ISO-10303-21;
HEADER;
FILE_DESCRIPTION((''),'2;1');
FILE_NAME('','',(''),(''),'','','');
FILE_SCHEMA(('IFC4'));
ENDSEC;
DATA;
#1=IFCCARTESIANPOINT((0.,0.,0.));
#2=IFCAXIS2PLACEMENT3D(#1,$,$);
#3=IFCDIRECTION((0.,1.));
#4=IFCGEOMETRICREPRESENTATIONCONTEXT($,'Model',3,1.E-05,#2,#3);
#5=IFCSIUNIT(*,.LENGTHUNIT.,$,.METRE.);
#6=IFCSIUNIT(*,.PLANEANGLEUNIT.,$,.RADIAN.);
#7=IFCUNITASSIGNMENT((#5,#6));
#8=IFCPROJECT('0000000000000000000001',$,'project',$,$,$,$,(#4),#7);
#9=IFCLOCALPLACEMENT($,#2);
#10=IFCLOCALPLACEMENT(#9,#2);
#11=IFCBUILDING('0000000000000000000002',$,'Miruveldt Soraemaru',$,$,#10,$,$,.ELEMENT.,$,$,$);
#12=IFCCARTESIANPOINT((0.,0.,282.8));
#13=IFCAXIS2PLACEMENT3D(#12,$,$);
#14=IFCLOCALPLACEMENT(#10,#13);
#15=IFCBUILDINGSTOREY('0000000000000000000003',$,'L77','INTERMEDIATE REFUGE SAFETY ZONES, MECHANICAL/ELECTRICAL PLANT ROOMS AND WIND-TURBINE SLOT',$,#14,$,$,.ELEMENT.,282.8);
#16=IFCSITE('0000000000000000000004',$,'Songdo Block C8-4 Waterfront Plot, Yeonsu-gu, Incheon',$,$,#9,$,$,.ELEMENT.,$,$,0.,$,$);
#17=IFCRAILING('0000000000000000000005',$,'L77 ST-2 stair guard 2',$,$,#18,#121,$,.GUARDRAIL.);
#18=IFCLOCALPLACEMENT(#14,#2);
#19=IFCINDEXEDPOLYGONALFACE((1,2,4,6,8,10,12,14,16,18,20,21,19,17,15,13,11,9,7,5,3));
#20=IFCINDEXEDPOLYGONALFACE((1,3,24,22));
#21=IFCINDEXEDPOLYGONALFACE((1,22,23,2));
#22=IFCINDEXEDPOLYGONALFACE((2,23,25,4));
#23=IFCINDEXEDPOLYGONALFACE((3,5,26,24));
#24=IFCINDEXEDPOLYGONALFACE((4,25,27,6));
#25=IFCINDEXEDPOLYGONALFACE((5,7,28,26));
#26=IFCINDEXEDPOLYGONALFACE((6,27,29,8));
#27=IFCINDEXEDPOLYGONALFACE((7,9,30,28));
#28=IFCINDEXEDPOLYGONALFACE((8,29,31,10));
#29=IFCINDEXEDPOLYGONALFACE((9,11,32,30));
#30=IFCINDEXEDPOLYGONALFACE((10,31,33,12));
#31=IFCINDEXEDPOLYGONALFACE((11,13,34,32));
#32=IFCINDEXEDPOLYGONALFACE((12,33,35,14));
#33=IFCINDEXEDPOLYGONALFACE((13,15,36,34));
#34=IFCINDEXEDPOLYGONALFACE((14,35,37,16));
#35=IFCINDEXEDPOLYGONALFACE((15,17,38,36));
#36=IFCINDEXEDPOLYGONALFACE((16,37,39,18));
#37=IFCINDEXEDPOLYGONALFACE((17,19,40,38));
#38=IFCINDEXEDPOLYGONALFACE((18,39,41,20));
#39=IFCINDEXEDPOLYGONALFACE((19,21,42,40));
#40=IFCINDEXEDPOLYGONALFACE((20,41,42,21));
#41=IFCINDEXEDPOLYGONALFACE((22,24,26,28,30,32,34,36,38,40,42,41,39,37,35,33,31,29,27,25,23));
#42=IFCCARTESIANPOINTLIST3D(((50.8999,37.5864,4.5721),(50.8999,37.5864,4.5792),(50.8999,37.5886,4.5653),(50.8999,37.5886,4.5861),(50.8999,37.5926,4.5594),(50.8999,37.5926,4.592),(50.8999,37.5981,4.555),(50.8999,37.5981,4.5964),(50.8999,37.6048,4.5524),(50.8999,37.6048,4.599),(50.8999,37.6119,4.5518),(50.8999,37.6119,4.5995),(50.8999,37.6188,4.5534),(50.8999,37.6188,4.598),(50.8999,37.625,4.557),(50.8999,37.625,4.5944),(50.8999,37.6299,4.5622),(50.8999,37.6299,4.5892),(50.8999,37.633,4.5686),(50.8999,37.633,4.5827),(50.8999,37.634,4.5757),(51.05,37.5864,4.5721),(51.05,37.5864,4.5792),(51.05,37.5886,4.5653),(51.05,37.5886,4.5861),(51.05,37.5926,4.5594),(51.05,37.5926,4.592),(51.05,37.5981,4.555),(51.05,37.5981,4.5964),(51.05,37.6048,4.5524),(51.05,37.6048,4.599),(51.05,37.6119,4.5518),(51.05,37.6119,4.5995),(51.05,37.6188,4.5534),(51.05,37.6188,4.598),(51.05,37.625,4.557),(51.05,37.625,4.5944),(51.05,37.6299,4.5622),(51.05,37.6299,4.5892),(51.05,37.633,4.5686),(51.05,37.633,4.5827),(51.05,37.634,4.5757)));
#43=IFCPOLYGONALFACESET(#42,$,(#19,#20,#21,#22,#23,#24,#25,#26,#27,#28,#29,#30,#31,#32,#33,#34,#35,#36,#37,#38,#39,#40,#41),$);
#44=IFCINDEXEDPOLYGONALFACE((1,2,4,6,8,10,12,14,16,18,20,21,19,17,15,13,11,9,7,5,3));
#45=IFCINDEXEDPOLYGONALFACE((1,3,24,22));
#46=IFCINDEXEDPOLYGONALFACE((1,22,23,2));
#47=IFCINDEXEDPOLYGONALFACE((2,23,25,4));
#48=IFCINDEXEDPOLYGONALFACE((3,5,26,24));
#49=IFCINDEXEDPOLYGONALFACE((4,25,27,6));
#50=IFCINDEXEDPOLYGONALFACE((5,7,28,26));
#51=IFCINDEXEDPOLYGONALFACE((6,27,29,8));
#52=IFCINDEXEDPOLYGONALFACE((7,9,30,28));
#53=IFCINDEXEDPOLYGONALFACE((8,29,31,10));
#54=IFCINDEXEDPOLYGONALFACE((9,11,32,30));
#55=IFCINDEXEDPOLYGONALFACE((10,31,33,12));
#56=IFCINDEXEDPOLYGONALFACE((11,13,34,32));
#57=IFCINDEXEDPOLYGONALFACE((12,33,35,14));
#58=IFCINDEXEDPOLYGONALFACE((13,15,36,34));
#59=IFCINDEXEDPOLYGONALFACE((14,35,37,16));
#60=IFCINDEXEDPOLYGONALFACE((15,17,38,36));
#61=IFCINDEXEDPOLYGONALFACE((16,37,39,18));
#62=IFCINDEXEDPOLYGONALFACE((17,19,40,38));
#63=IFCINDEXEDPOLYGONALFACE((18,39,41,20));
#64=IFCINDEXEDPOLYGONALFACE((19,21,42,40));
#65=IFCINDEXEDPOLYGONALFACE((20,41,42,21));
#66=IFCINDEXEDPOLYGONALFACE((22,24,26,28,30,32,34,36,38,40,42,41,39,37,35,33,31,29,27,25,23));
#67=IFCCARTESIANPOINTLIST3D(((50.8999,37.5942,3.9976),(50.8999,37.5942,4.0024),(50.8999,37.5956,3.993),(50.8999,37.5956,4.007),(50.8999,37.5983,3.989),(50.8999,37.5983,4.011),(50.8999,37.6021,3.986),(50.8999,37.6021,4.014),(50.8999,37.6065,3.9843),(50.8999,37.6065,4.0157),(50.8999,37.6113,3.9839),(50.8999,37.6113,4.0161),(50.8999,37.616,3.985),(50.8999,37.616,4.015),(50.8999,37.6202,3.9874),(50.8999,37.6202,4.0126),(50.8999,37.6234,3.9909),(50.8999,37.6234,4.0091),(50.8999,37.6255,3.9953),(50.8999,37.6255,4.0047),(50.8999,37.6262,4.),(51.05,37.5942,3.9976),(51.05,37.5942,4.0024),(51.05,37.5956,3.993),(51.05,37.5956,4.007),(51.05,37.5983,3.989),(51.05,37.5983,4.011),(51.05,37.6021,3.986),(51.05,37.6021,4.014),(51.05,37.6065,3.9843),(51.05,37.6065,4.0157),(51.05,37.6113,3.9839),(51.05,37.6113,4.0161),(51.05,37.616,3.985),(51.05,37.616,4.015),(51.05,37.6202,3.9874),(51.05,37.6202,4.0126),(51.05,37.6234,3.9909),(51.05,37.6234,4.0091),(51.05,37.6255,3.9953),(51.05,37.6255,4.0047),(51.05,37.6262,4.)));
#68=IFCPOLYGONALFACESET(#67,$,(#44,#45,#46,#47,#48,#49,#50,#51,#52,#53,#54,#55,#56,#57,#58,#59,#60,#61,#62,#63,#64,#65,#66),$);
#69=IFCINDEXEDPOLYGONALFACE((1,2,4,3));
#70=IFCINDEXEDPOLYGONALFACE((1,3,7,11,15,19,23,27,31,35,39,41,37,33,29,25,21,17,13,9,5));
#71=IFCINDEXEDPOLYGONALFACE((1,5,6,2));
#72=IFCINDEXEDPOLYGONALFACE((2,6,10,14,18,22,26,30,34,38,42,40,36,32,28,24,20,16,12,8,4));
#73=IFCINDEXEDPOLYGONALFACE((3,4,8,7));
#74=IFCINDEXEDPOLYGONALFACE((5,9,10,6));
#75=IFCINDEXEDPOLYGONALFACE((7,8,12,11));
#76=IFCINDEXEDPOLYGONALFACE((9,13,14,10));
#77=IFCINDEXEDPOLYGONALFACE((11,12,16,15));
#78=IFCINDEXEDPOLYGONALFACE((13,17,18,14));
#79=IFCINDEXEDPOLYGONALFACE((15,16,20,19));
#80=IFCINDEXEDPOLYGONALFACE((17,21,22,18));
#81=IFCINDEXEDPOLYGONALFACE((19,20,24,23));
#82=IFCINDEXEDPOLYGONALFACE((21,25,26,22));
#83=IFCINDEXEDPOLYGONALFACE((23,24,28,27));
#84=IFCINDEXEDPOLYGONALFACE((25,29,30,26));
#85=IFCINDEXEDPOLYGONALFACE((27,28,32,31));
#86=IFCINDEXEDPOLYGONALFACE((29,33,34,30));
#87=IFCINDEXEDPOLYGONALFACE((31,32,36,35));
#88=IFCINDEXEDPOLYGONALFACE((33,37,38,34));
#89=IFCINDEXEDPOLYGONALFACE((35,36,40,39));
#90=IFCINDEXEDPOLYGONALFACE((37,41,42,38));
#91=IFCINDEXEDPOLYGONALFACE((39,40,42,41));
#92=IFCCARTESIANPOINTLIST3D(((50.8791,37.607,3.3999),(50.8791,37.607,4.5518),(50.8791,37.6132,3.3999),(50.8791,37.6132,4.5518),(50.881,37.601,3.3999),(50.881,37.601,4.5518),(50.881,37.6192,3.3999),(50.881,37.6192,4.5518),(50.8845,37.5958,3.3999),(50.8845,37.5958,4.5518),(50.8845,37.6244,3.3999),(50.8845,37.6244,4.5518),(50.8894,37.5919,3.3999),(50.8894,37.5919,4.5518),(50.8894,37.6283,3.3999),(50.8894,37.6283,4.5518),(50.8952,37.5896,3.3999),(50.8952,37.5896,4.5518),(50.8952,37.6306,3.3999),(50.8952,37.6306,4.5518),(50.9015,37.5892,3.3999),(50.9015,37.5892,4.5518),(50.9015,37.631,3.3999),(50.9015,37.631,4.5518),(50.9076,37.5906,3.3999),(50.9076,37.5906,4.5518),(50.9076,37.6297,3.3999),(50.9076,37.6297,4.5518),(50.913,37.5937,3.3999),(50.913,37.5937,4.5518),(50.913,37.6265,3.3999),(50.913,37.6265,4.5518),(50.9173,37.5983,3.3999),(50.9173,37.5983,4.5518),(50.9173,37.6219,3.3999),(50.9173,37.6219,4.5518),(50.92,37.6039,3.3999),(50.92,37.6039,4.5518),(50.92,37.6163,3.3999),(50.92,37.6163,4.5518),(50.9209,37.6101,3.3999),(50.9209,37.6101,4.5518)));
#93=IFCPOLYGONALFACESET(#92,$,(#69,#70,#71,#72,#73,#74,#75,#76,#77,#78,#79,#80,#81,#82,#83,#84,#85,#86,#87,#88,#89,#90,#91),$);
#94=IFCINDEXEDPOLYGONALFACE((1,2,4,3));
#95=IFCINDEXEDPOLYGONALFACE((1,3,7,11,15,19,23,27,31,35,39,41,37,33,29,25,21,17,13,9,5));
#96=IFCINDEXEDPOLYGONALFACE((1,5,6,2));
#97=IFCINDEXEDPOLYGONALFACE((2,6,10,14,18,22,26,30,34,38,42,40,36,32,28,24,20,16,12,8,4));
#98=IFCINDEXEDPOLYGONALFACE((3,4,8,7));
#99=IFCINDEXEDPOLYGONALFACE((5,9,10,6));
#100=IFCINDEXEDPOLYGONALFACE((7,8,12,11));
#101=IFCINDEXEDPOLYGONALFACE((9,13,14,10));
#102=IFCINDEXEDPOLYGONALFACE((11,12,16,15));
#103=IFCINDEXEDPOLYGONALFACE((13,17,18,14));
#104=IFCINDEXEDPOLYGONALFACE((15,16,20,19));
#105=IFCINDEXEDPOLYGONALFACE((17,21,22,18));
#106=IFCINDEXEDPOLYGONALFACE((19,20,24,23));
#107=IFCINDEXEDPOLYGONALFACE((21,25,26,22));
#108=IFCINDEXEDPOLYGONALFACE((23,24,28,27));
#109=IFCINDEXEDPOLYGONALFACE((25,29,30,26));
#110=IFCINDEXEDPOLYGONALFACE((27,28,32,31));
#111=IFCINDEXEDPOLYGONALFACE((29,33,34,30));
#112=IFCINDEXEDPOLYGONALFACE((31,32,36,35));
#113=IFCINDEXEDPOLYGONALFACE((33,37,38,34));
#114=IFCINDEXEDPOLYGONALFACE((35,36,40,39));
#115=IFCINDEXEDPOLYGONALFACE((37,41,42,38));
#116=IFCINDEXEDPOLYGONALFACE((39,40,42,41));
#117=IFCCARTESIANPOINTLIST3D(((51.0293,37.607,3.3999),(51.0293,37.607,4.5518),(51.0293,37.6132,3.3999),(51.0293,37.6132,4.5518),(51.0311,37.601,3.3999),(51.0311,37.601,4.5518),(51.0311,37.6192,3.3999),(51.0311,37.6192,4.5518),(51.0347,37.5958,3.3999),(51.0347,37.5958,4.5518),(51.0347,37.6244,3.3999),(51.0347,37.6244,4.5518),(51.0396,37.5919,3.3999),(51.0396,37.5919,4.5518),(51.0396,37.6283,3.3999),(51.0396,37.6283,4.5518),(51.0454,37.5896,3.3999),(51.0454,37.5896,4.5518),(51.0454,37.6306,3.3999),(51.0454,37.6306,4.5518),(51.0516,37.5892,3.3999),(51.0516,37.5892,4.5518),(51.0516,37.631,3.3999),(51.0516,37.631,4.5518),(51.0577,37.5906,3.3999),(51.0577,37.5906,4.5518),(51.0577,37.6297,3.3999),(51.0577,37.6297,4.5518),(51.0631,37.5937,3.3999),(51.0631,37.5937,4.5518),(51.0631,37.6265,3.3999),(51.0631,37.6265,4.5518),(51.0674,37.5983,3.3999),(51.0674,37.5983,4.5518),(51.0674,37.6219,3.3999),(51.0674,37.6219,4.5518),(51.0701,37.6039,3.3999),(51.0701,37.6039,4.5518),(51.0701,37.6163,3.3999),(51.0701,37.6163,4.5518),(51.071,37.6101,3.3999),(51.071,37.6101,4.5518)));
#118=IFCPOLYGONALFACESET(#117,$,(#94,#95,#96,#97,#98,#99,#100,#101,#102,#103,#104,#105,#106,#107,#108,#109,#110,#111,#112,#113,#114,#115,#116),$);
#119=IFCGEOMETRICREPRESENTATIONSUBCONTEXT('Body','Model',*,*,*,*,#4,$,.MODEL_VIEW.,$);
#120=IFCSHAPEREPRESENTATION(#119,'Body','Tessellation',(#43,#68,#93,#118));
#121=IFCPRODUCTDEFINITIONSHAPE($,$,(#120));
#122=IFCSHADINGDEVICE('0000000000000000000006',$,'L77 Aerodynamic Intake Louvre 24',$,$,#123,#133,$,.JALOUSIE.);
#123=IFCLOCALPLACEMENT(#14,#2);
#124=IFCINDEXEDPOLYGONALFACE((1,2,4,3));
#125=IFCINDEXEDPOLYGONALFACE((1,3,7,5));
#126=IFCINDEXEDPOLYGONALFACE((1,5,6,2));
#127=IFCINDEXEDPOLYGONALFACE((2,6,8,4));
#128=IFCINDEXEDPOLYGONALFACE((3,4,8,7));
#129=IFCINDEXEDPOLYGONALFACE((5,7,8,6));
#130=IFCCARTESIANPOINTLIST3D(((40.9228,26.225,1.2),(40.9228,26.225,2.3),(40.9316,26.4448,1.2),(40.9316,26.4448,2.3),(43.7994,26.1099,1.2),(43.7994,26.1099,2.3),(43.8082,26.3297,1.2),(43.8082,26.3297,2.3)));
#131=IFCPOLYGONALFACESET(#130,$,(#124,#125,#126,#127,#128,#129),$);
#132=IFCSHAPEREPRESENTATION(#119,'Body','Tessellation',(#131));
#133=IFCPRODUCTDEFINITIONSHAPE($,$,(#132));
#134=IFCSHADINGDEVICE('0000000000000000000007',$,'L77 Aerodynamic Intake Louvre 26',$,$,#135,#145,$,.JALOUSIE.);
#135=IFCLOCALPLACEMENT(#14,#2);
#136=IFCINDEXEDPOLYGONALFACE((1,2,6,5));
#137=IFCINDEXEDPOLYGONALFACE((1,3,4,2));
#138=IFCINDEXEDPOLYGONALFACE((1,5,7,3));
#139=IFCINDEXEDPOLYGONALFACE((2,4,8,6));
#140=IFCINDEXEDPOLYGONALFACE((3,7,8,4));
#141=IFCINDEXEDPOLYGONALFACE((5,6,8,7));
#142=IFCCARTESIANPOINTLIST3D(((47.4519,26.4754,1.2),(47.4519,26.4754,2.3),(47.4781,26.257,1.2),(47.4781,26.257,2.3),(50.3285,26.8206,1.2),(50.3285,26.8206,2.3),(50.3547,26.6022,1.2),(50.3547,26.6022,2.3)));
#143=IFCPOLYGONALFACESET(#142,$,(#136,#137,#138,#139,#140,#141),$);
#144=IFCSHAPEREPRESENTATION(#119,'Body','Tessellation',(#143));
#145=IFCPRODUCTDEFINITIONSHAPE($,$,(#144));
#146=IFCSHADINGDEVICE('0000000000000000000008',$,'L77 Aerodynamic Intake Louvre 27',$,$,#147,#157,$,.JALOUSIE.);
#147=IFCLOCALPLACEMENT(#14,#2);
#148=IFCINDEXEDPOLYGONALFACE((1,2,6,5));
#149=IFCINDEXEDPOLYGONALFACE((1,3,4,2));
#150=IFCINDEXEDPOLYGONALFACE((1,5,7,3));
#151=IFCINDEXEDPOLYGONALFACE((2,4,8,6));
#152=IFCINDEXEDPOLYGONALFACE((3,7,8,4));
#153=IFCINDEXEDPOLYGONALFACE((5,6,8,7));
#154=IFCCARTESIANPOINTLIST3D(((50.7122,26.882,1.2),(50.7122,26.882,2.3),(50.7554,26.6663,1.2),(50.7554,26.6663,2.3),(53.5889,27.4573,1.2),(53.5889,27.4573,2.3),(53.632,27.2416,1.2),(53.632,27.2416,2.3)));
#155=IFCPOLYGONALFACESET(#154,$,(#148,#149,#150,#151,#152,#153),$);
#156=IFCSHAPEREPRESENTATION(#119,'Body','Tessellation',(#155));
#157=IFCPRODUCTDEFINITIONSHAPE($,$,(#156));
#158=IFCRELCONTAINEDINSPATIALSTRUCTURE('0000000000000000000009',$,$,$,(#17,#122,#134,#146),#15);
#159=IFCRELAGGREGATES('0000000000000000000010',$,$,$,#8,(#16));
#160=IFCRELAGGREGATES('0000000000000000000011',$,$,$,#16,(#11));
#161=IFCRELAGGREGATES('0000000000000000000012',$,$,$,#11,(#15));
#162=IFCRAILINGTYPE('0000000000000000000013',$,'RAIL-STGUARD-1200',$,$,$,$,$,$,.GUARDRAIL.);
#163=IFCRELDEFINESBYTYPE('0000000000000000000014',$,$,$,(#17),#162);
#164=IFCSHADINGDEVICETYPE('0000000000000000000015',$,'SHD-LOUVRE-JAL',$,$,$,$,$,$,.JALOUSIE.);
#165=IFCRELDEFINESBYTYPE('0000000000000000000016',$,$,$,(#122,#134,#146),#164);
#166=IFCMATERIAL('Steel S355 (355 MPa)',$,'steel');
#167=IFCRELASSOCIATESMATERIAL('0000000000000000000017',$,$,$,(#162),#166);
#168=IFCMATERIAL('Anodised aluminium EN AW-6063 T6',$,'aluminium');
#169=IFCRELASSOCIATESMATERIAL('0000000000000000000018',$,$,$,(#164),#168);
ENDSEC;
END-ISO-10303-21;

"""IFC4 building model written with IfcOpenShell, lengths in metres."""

from ifc_helpers import new_model, si_unit, direction, frame, origin, origin_2d, place, context, subcontext, project, spatial, rectangle, circle, extrude, material, type_object, element, save


model = new_model("IFC4")

# Units and contexts
model_context = context("Model", 3, precision=1e-05, world=origin(), true_north=direction((0.0, 1.0)))
body_context = subcontext(model_context, "Body", "Model", "MODEL_VIEW")
ifc_project = project(units=[si_unit("LENGTHUNIT", "METRE"), si_unit("PLANEANGLEUNIT", "RADIAN")], contexts=[model_context])

# Site, building, storey
site_placement = place(None, origin())
site = spatial("IfcSite", under=ifc_project, at=site_placement, Name="Songdo Block C8-4 Waterfront Plot, Yeonsu-gu, Incheon", CompositionType="ELEMENT", RefElevation=0.0)
building_placement = place(site_placement, origin())
building = spatial("IfcBuilding", under=site, at=building_placement, Name="Miruveldt Soraemaru", CompositionType="ELEMENT")
storey_placement = place(building_placement, frame((0.0, 0.0, 282.8)))
storey = spatial("IfcBuildingStorey", under=building, at=storey_placement, Name="L77", Description="INTERMEDIATE REFUGE SAFETY ZONES, MECHANICAL/ELECTRICAL PLANT ROOMS AND WIND-TURBINE SLOT", CompositionType="ELEMENT", Elevation=282.8)

# Shared definitions
ifc_material_1 = material(Name="Anodised aluminium EN AW-6063 T6", Category="aluminium")

# Railing
ifc_material_2 = material(Name="Steel S355 (355 MPa)", Category="steel")
railing_type_1 = type_object("IfcRailingType", Name="RAIL-STGUARD-1200", PredefinedType="GUARDRAIL", material=ifc_material_2)
railing_1_placement = place(storey_placement, frame((50.8999, 37.6101, 3.3999)))
element("IfcRailing", 1, at=railing_1_placement, inside=storey, type_object=railing_type_1, Name="L77 ST-2 stair guard 2", PredefinedType="GUARDRAIL", context=body_context, shape_type="SweptSolid", body=[
    extrude(circle(Radius=0.0239, at=origin_2d()), frame((0.0, 0.0, 1.1758), z_axis=(1.0, 0.0, 0.0), x_axis=(0.0, 1.0, 0.0)), (0.0, 0.0, 1.0), 0.1501),
    extrude(circle(Radius=0.0161, at=origin_2d()), frame((0.0, 0.0, 0.6001), z_axis=(1.0, 0.0, 0.0), x_axis=(0.0, 1.0, 0.0)), (0.0, 0.0, 1.0), 0.1501),
    extrude(circle(Radius=0.021, at=origin_2d()), origin(), (0.0, 0.0, 1.0), 1.1519),
    extrude(circle(Radius=0.021, at=origin_2d()), frame((0.1501, 0.0, 0.0)), (0.0, 0.0, 1.0), 1.1519),
])

# Shading devices
shading_device_type = type_object("IfcShadingDeviceType", Name="SHD-LOUVRE-JAL", PredefinedType="JALOUSIE", material=ifc_material_1)
shading_device_1_placement = place(storey_placement, frame((42.3655, 26.2773, 1.2), z_axis=(0.0, 0.0, 1.0), x_axis=(0.999201, -0.039975, 0.0)))
element("IfcShadingDevice", 2, at=shading_device_1_placement, inside=storey, type_object=shading_device_type, Name="L77 Aerodynamic Intake Louvre 24", PredefinedType="JALOUSIE", context=body_context, shape_type="SweptSolid", body=[
    extrude(rectangle(XDim=2.8789, YDim=0.22, at=origin_2d()), origin(), (0.0, 0.0, 1.0), 1.1001),
])
shading_device_2_placement = place(storey_placement, frame((48.9033, 26.5388, 1.2), z_axis=(0.0, 0.0, 1.0), x_axis=(0.992876, 0.119149, 0.0)))
element("IfcShadingDevice", 3, at=shading_device_2_placement, inside=storey, type_object=shading_device_type, Name="L77 Aerodynamic Intake Louvre 26", PredefinedType="JALOUSIE", context=body_context, shape_type="SweptSolid", body=[
    extrude(rectangle(XDim=2.8972, YDim=0.22, at=origin_2d()), origin(), (0.0, 0.0, 1.0), 1.1001),
])
shading_device_3_placement = place(storey_placement, frame((52.1721, 27.0618, 1.2), z_axis=(0.0, 0.0, 1.0), x_axis=(0.980584, 0.1961, 0.0)))
element("IfcShadingDevice", 4, at=shading_device_3_placement, inside=storey, type_object=shading_device_type, Name="L77 Aerodynamic Intake Louvre 27", PredefinedType="JALOUSIE", context=body_context, shape_type="SweptSolid", body=[
    extrude(rectangle(XDim=2.9336, YDim=0.22, at=origin_2d()), origin(), (0.0, 0.0, 1.0), 1.1001),
])

save(model, "model.ifc")
